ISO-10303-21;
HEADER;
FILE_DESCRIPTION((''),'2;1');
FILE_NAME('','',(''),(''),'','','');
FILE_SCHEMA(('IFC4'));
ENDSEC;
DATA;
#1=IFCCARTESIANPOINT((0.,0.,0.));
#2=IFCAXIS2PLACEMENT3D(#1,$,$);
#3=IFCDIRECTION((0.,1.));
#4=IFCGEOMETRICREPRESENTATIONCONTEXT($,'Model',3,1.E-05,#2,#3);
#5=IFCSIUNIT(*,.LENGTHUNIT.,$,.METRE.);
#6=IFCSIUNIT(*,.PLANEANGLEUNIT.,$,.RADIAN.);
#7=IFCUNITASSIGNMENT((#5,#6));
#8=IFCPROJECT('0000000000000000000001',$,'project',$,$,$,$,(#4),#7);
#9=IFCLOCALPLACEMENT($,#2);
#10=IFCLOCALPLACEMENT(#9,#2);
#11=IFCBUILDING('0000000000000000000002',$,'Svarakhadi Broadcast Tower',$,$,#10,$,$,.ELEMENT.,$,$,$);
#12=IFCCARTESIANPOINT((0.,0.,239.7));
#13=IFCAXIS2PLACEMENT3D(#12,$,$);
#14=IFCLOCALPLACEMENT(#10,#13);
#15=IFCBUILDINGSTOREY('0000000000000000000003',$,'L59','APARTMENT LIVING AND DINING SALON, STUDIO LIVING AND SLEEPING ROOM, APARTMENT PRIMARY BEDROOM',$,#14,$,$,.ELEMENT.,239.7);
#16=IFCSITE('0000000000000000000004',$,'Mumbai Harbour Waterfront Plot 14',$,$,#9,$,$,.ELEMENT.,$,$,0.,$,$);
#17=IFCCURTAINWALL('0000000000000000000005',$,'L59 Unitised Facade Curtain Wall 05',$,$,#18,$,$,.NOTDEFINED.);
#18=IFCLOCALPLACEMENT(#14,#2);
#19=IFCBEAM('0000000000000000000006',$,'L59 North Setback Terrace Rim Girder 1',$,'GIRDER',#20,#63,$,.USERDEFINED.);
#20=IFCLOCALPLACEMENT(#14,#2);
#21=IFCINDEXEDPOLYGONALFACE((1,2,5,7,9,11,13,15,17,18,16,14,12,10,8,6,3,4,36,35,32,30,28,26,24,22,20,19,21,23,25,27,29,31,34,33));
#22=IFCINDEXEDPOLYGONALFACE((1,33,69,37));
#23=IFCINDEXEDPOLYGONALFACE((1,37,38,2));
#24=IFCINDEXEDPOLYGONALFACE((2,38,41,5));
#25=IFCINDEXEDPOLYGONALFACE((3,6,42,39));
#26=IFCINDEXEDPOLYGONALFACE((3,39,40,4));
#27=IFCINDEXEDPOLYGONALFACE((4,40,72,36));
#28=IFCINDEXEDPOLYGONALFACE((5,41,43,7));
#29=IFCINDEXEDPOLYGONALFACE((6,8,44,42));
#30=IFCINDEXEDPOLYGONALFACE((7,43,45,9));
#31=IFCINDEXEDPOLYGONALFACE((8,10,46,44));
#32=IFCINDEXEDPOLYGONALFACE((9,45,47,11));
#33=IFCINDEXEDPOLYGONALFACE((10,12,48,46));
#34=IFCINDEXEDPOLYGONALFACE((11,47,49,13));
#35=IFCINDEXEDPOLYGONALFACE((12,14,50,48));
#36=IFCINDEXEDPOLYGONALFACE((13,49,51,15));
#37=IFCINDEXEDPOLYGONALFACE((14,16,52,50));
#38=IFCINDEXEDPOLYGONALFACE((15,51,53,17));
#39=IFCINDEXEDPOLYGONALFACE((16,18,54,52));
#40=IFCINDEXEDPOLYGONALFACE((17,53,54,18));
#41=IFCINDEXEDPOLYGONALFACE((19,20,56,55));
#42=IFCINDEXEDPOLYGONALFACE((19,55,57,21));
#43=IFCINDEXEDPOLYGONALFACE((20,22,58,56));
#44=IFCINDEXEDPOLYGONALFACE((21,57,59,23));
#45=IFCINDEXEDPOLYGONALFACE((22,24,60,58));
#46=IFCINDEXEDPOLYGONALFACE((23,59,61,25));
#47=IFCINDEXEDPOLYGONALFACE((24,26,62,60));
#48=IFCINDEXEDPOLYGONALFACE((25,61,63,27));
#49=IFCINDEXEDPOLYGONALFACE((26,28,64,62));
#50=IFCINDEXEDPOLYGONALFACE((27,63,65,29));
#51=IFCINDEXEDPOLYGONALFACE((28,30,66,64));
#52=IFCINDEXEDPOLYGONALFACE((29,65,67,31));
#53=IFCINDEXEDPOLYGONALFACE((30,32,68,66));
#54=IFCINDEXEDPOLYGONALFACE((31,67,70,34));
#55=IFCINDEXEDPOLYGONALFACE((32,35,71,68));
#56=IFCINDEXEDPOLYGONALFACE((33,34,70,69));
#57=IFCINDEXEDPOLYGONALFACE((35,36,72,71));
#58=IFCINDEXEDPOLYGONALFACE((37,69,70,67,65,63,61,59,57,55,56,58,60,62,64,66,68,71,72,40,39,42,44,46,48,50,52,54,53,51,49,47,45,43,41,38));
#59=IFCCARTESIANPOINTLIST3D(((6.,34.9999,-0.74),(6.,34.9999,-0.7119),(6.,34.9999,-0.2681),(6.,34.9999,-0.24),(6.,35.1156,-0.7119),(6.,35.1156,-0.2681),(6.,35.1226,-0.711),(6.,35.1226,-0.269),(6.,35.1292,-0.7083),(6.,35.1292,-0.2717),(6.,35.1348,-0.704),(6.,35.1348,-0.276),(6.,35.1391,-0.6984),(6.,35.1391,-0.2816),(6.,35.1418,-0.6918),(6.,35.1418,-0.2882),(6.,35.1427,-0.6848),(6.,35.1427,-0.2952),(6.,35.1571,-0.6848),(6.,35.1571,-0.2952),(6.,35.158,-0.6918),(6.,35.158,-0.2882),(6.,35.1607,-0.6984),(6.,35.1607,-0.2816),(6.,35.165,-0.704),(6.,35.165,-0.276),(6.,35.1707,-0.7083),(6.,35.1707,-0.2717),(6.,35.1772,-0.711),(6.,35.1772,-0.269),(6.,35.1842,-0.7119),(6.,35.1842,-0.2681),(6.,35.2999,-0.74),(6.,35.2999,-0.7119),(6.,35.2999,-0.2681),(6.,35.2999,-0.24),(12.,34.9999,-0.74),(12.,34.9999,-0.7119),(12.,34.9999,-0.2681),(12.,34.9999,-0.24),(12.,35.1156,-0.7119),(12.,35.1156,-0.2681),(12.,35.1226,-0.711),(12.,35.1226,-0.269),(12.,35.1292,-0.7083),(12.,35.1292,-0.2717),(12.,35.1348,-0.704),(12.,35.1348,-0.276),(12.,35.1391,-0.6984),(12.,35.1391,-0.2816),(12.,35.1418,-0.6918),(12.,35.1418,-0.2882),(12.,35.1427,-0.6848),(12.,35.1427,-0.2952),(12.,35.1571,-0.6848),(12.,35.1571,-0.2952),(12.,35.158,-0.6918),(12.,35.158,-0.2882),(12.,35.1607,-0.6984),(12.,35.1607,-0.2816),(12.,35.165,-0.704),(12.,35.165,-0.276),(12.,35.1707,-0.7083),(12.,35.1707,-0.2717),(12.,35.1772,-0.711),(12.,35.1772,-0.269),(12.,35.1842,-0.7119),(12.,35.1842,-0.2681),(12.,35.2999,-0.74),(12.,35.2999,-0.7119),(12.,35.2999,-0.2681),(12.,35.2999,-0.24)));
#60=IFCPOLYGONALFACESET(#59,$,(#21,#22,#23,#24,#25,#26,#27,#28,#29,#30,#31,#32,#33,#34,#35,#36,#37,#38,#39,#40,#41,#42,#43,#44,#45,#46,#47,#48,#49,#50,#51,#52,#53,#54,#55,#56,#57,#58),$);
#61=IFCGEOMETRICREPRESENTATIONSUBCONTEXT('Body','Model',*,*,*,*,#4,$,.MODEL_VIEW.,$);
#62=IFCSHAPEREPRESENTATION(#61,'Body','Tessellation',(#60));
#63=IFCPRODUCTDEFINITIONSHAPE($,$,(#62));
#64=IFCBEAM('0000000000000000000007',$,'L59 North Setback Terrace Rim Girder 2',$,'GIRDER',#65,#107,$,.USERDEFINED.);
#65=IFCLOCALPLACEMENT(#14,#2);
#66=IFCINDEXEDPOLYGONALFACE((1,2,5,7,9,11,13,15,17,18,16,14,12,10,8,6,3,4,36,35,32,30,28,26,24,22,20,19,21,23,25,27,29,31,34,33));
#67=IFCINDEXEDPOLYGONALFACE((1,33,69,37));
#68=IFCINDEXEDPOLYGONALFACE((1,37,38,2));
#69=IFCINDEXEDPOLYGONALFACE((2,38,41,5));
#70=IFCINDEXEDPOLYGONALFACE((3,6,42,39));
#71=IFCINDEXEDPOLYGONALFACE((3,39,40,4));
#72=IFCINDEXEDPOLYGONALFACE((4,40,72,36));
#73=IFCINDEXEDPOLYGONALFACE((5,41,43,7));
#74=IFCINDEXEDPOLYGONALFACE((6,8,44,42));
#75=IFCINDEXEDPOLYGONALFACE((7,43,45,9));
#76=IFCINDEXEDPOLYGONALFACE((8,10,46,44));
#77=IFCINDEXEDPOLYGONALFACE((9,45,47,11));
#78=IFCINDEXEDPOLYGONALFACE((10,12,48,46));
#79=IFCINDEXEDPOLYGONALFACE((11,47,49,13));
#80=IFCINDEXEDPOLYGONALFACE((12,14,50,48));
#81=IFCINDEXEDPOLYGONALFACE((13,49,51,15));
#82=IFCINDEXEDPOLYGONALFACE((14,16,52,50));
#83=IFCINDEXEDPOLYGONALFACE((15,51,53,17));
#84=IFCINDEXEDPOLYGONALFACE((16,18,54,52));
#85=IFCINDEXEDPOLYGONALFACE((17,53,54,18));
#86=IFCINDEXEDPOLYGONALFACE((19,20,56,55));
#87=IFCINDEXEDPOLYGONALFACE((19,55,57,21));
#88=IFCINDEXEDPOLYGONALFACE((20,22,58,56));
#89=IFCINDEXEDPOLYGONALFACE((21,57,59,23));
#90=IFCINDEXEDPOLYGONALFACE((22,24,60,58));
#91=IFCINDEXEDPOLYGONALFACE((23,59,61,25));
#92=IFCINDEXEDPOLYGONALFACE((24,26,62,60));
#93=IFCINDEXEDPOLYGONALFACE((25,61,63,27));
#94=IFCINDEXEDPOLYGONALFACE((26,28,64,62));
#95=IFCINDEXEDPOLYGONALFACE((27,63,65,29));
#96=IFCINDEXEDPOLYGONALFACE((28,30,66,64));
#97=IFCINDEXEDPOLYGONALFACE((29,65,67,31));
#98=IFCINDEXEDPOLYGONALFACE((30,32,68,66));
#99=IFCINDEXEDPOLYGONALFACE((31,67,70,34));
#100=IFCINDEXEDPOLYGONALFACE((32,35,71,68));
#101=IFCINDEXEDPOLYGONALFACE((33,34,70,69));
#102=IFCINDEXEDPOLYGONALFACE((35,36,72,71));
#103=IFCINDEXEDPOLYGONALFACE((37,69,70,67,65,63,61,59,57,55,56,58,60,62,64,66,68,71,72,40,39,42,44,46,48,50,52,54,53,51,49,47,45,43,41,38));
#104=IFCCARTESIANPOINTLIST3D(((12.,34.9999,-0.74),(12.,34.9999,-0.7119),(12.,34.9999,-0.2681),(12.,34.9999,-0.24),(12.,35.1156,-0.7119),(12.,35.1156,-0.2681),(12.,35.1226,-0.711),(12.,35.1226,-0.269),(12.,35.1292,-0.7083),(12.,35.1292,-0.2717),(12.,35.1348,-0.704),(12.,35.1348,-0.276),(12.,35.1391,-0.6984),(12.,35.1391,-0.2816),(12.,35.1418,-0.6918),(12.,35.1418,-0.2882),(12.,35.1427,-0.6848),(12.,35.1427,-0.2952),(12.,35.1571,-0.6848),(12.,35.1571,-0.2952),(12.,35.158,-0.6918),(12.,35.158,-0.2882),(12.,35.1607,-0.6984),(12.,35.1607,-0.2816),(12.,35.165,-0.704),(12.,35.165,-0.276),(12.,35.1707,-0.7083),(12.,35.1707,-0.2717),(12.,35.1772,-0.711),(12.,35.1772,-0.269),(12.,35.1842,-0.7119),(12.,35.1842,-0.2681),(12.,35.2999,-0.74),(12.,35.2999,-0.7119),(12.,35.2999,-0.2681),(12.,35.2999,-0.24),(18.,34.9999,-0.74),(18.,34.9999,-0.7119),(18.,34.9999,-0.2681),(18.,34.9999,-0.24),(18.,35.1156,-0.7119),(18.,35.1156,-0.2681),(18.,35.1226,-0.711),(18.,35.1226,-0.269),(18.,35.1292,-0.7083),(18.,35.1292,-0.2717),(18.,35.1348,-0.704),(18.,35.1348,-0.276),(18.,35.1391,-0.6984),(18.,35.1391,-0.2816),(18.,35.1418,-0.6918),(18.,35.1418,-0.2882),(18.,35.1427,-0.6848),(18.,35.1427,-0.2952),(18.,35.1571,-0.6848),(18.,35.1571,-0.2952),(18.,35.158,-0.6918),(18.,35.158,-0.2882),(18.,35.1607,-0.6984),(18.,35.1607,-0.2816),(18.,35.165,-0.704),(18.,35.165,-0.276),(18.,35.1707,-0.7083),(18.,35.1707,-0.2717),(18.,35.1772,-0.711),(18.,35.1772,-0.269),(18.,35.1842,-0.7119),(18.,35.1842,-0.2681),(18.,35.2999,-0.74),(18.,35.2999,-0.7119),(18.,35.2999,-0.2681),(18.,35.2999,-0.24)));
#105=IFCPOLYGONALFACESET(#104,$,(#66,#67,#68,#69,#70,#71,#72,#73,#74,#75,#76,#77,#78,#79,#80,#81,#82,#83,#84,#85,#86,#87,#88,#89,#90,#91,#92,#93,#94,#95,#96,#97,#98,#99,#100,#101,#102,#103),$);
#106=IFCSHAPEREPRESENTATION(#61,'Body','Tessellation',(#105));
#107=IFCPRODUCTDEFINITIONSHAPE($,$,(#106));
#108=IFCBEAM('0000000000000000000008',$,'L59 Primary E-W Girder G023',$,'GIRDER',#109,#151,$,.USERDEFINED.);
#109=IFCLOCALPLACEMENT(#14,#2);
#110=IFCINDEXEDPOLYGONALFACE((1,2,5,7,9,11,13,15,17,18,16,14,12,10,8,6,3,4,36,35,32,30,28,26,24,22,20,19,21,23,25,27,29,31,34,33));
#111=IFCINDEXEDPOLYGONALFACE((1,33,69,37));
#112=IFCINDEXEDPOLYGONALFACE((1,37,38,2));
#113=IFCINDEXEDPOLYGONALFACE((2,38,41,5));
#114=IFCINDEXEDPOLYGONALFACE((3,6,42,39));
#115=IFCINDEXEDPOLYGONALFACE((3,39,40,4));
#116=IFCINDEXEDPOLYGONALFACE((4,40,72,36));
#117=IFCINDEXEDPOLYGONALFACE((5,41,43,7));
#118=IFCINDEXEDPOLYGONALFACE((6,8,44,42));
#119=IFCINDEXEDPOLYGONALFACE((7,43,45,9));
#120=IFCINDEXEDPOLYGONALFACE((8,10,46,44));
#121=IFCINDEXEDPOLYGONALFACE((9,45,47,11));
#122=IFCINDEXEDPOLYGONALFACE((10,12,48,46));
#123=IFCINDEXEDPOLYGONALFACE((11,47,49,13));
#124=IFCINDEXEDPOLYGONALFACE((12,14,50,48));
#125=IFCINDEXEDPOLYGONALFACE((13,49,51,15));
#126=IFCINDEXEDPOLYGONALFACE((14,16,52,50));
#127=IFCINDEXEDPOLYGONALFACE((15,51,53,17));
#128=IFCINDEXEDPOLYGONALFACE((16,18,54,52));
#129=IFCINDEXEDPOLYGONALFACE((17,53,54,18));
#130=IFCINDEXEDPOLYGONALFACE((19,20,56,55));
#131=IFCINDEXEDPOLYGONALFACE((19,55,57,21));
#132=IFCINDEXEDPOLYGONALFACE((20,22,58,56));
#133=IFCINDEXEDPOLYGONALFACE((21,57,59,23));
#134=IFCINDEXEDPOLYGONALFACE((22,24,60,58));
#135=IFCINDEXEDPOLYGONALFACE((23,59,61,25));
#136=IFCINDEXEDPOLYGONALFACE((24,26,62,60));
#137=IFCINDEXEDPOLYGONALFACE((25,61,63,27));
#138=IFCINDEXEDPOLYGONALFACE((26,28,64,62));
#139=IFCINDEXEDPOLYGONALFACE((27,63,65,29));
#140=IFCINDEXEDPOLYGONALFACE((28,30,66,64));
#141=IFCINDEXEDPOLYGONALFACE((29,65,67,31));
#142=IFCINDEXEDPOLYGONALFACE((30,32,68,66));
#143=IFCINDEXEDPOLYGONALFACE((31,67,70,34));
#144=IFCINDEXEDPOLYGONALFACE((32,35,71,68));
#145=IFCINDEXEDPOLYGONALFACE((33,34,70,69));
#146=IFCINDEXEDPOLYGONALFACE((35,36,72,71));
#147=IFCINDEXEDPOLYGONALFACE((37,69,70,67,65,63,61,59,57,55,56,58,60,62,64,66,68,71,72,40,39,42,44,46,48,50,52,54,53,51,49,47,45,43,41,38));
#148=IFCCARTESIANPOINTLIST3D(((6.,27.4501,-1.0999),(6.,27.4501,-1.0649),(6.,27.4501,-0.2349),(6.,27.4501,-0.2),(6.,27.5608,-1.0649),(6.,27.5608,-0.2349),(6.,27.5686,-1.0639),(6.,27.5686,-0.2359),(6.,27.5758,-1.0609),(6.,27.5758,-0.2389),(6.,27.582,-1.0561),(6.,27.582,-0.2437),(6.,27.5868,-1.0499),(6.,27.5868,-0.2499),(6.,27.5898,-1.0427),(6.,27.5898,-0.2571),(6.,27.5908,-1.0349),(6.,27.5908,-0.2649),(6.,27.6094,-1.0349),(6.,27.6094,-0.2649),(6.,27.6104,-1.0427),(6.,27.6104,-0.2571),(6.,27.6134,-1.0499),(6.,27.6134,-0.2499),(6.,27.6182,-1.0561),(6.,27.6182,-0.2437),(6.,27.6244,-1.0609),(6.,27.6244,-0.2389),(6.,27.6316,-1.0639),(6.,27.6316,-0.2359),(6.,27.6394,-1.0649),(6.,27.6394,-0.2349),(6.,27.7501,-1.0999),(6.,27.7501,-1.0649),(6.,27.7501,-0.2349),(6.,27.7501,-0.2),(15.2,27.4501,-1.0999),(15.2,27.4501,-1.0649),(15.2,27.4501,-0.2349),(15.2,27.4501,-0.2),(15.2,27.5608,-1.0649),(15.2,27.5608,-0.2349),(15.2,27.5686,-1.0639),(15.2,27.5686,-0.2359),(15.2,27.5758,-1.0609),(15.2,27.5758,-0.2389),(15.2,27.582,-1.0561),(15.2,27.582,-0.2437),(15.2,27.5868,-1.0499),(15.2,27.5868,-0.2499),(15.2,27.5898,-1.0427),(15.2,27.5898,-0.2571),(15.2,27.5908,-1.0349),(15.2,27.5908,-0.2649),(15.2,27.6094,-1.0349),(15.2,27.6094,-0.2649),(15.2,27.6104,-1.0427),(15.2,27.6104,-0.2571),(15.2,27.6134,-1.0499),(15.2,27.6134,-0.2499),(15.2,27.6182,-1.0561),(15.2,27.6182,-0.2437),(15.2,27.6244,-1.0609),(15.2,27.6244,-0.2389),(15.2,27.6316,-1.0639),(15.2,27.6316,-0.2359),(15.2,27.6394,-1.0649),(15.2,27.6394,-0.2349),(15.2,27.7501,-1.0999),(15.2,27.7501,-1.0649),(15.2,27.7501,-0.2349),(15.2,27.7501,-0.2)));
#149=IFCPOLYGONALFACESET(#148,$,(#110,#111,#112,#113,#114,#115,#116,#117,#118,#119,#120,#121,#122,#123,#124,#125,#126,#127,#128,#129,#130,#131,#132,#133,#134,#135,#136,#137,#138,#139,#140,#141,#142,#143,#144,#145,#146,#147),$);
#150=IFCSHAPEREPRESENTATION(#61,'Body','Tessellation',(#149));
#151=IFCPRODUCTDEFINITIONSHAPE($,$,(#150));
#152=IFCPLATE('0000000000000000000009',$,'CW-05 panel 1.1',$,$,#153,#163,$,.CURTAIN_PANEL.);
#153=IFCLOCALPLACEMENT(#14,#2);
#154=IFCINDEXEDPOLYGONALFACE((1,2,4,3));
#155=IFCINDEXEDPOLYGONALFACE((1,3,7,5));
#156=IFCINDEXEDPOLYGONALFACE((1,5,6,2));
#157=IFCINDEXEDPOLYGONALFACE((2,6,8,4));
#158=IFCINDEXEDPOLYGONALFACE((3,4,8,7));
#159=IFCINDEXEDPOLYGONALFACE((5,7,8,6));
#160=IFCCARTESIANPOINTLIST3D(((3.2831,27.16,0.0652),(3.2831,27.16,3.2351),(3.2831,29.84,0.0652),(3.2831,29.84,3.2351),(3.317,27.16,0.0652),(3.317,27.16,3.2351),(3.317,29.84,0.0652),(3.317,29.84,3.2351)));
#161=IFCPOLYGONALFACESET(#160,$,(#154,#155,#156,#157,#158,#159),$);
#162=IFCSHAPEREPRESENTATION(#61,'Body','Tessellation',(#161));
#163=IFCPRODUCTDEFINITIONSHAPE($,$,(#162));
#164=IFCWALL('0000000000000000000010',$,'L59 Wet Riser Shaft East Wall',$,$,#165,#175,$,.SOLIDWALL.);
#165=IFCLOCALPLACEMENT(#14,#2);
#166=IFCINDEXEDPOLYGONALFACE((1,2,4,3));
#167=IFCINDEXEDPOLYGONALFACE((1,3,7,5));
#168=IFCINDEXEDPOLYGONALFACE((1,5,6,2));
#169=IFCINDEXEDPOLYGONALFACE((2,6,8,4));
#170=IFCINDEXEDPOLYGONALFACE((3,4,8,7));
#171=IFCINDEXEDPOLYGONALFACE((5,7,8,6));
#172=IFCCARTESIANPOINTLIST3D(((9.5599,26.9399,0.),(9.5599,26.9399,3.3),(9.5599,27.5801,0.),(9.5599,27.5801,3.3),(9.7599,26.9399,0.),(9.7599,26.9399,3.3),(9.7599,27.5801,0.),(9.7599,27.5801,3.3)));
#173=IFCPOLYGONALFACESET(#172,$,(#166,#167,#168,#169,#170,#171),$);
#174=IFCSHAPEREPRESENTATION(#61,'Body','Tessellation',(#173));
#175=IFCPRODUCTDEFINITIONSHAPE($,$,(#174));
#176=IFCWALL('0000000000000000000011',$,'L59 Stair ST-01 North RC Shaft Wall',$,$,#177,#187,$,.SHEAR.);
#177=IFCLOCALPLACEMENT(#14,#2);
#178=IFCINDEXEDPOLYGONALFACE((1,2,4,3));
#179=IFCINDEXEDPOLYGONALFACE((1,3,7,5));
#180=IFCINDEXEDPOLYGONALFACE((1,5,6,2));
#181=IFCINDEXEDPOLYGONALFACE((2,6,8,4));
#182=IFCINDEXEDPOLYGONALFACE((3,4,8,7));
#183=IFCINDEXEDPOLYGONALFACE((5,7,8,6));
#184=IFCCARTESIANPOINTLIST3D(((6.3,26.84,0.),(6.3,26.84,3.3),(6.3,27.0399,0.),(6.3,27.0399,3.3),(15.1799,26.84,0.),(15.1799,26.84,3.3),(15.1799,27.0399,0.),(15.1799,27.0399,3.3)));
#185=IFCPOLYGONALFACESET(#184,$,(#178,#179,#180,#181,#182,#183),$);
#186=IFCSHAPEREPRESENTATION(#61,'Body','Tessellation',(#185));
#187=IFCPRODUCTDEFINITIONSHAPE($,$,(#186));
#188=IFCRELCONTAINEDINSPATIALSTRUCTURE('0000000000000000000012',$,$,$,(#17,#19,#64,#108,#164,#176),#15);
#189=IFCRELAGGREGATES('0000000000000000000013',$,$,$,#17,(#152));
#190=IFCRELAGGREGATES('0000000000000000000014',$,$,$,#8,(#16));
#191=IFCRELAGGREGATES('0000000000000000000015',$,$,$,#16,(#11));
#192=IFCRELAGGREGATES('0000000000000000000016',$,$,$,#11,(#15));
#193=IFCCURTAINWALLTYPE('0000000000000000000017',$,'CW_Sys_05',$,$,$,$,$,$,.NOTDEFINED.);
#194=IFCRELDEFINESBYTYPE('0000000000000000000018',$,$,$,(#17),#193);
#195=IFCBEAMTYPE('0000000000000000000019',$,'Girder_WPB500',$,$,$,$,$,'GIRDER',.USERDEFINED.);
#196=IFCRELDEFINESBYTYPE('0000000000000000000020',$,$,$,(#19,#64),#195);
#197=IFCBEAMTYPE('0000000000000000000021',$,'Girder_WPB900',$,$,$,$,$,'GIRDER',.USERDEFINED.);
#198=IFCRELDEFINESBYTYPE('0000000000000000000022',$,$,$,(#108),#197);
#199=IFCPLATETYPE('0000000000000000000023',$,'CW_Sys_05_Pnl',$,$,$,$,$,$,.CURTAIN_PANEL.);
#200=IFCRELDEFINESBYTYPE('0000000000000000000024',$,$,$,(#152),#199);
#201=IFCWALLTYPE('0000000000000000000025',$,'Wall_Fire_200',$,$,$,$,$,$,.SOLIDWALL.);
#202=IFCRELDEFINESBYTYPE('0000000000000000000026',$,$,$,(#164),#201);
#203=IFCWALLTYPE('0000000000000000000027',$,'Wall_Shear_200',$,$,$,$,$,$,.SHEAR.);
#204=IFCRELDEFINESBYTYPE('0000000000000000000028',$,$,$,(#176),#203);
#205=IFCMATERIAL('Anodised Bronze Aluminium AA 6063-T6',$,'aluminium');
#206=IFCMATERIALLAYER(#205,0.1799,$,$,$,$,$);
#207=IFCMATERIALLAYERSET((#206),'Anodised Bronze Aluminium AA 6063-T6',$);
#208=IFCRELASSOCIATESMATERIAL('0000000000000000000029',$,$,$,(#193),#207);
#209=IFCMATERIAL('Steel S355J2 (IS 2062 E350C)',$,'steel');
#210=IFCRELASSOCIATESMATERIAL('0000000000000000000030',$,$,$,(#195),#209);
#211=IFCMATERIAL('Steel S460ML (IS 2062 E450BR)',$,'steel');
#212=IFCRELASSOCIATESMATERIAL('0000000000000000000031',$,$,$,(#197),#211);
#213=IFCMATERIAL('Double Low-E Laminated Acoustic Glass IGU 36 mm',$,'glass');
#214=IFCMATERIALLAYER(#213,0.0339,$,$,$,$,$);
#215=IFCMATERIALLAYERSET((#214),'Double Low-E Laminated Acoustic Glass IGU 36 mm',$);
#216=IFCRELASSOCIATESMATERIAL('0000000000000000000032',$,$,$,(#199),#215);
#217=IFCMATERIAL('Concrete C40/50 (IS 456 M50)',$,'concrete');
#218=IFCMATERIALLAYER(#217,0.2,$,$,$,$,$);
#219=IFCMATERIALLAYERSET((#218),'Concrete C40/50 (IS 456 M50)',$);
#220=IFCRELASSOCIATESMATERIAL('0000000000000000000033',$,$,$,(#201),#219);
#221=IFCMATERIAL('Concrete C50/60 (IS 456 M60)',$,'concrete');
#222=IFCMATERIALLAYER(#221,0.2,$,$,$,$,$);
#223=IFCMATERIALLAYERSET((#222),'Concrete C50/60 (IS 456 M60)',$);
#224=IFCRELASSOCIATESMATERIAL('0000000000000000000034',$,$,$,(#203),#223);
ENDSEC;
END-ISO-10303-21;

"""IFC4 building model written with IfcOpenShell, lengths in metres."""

from ifc_helpers import new_model, si_unit, direction, frame, frame_2d, origin, origin_2d, place, context, subcontext, project, spatial, rectangle, i_section, extrude, material, layer, layer_set, material_profile, profile_set, type_object, element, aggregate, save


model = new_model("IFC4")

# Units and contexts
model_context = context("Model", 3, precision=1e-05, world=origin(), true_north=direction((0.0, 1.0)))
body_context = subcontext(model_context, "Body", "Model", "MODEL_VIEW")
ifc_project = project(units=[si_unit("LENGTHUNIT", "METRE"), si_unit("PLANEANGLEUNIT", "RADIAN")], contexts=[model_context])

# Site, building, storey
site_placement = place(None, origin())
site = spatial("IfcSite", under=ifc_project, at=site_placement, Name="Mumbai Harbour Waterfront Plot 14", CompositionType="ELEMENT", RefElevation=0.0)
building_placement = place(site_placement, origin())
building = spatial("IfcBuilding", under=site, at=building_placement, Name="Svarakhadi Broadcast Tower", CompositionType="ELEMENT")
storey_placement = place(building_placement, frame((0.0, 0.0, 239.7)))
storey = spatial("IfcBuildingStorey", under=building, at=storey_placement, Name="L59", Description="APARTMENT LIVING AND DINING SALON, STUDIO LIVING AND SLEEPING ROOM, APARTMENT PRIMARY BEDROOM", CompositionType="ELEMENT", Elevation=239.7)

# Shared definitions
ifc_material_1 = material(Name="Concrete C50/60 (IS 456 M60)", Category="concrete")
ifc_material_2 = material(Name="Steel S460ML (IS 2062 E450BR)", Category="steel")

# Curtain wall
ifc_material_3 = material(Name="Anodised Bronze Aluminium AA 6063-T6", Category="aluminium")
ifc_layer_1 = layer(ifc_material_3, 0.1799)
ifc_layer_set_1 = layer_set([ifc_layer_1], Name="Anodised Bronze Aluminium AA 6063-T6")
curtain_wall_type = type_object("IfcCurtainWallType", Name="CW_Sys_05", PredefinedType="NOTDEFINED", material=ifc_layer_set_1)
curtain_wall_placement = place(storey_placement, origin())
curtain_wall = element("IfcCurtainWall", 1, at=curtain_wall_placement, inside=storey, type_object=curtain_wall_type, Name="L59 Unitised Facade Curtain Wall 05", PredefinedType="NOTDEFINED")

# Beams
ifc_material_4 = material(Name="Steel S355J2 (IS 2062 E350C)", Category="steel")
ifc_material_profile_1 = material_profile(ifc_material_4, i_section(OverallWidth=0.3, OverallDepth=0.5, WebThickness=0.0144, FlangeThickness=0.0281, FilletRadius=0.0271, at=origin_2d()), Name="WPB 500x300x187")
ifc_profile_set_1 = profile_set([ifc_material_profile_1], Name="Steel S355J2 (IS 2062 E350C)")
beam_type_1 = type_object("IfcBeamType", Name="Girder_WPB500", ElementType="GIRDER", PredefinedType="USERDEFINED", material=ifc_profile_set_1)
for number, where, z_axis, x_axis, name in (
    (2, (6.0, 35.1499, -0.49), (1.0, 0.0, 0.0), (0.0, 1.0, 0.0), "L59 North Setback Terrace Rim Girder 1"),
    (3, (12.0, 35.1499, -0.49), (1.0, 0.0, 0.0), (0.0, 1.0, 0.0), "L59 North Setback Terrace Rim Girder 2"),
):
    element("IfcBeam", number, at=place(storey_placement, frame(where, z_axis=z_axis, x_axis=x_axis)), inside=storey, type_object=beam_type_1, Name=name, ObjectType="GIRDER", PredefinedType="USERDEFINED", context=body_context, shape_type="SweptSolid", body=[
        extrude(i_section(OverallWidth=0.3, OverallDepth=0.5, WebThickness=0.0144, FlangeThickness=0.0281, FilletRadius=0.0271, at=origin_2d()), origin(), (0.0, 0.0, 1.0), 6.0),
    ])
ifc_material_profile_2 = material_profile(ifc_material_2, i_section(OverallWidth=0.3, OverallDepth=0.8999, WebThickness=0.0186, FlangeThickness=0.0349, FilletRadius=0.03, at=origin_2d()), Name="WPB 900x300x291")
ifc_profile_set_2 = profile_set([ifc_material_profile_2], Name="Steel S460ML (IS 2062 E450BR)")
beam_type_2 = type_object("IfcBeamType", Name="Girder_WPB900", ElementType="GIRDER", PredefinedType="USERDEFINED", material=ifc_profile_set_2)
beam_placement = place(storey_placement, frame((6.0, 27.6001, -0.6499), z_axis=(1.0, 0.0, 0.0), x_axis=(0.0, 1.0, 0.0)))
element("IfcBeam", 4, at=beam_placement, inside=storey, type_object=beam_type_2, Name="L59 Primary E-W Girder G023", ObjectType="GIRDER", PredefinedType="USERDEFINED", context=body_context, shape_type="SweptSolid", body=[
    extrude(i_section(OverallWidth=0.3, OverallDepth=0.8999, WebThickness=0.0186, FlangeThickness=0.0349, FilletRadius=0.03, at=origin_2d()), origin(), (0.0, 0.0, 1.0), 9.2),
])

# Plate
ifc_material_5 = material(Name="Double Low-E Laminated Acoustic Glass IGU 36 mm", Category="glass")
ifc_layer_2 = layer(ifc_material_5, 0.0339)
ifc_layer_set_2 = layer_set([ifc_layer_2], Name="Double Low-E Laminated Acoustic Glass IGU 36 mm")
plate_type = type_object("IfcPlateType", Name="CW_Sys_05_Pnl", PredefinedType="CURTAIN_PANEL", material=ifc_layer_set_2)
plate_placement = place(storey_placement, frame((3.3, 28.5, 0.0652), z_axis=(0.0, 0.0, 1.0), x_axis=(0.0, 1.0, 0.0)))
plate = element("IfcPlate", 5, at=plate_placement, type_object=plate_type, Name="CW-05 panel 1.1", PredefinedType="CURTAIN_PANEL", context=body_context, shape_type="SweptSolid", body=[
    extrude(rectangle(XDim=2.6799, YDim=0.0339, at=origin_2d()), origin(), (0.0, 0.0, 1.0), 3.1699),
])
aggregate(curtain_wall, [plate])

# Walls
ifc_material_6 = material(Name="Concrete C40/50 (IS 456 M50)", Category="concrete")
ifc_layer_3 = layer(ifc_material_6, 0.2)
ifc_layer_set_3 = layer_set([ifc_layer_3], Name="Concrete C40/50 (IS 456 M50)")
wall_type_1 = type_object("IfcWallType", Name="Wall_Fire_200", PredefinedType="SOLIDWALL", material=ifc_layer_set_3)
wall_1_placement = place(storey_placement, frame((9.6599, 26.9399, 0.0), z_axis=(0.0, 0.0, 1.0), x_axis=(0.0, 1.0, 0.0)))
element("IfcWall", 6, at=wall_1_placement, inside=storey, type_object=wall_type_1, Name="L59 Wet Riser Shaft East Wall", PredefinedType="SOLIDWALL", context=body_context, shape_type="SweptSolid", body=[
    extrude(rectangle(XDim=0.6401, YDim=0.2, at=frame_2d((0.3201, 0.0))), origin(), (0.0, 0.0, 1.0), 3.3),
])
ifc_layer_4 = layer(ifc_material_1, 0.2)
ifc_layer_set_4 = layer_set([ifc_layer_4], Name="Concrete C50/60 (IS 456 M60)")
wall_type_2 = type_object("IfcWallType", Name="Wall_Shear_200", PredefinedType="SHEAR", material=ifc_layer_set_4)
wall_2_placement = place(storey_placement, frame((6.3, 26.9399, 0.0), z_axis=(0.0, 0.0, 1.0), x_axis=(1.0, 0.0, 0.0)))
element("IfcWall", 7, at=wall_2_placement, inside=storey, type_object=wall_type_2, Name="L59 Stair ST-01 North RC Shaft Wall", PredefinedType="SHEAR", context=body_context, shape_type="SweptSolid", body=[
    extrude(rectangle(XDim=8.8799, YDim=0.2, at=frame_2d((4.4399, 0.0))), origin(), (0.0, 0.0, 1.0), 3.3),
])

save(model, "model.ifc")
